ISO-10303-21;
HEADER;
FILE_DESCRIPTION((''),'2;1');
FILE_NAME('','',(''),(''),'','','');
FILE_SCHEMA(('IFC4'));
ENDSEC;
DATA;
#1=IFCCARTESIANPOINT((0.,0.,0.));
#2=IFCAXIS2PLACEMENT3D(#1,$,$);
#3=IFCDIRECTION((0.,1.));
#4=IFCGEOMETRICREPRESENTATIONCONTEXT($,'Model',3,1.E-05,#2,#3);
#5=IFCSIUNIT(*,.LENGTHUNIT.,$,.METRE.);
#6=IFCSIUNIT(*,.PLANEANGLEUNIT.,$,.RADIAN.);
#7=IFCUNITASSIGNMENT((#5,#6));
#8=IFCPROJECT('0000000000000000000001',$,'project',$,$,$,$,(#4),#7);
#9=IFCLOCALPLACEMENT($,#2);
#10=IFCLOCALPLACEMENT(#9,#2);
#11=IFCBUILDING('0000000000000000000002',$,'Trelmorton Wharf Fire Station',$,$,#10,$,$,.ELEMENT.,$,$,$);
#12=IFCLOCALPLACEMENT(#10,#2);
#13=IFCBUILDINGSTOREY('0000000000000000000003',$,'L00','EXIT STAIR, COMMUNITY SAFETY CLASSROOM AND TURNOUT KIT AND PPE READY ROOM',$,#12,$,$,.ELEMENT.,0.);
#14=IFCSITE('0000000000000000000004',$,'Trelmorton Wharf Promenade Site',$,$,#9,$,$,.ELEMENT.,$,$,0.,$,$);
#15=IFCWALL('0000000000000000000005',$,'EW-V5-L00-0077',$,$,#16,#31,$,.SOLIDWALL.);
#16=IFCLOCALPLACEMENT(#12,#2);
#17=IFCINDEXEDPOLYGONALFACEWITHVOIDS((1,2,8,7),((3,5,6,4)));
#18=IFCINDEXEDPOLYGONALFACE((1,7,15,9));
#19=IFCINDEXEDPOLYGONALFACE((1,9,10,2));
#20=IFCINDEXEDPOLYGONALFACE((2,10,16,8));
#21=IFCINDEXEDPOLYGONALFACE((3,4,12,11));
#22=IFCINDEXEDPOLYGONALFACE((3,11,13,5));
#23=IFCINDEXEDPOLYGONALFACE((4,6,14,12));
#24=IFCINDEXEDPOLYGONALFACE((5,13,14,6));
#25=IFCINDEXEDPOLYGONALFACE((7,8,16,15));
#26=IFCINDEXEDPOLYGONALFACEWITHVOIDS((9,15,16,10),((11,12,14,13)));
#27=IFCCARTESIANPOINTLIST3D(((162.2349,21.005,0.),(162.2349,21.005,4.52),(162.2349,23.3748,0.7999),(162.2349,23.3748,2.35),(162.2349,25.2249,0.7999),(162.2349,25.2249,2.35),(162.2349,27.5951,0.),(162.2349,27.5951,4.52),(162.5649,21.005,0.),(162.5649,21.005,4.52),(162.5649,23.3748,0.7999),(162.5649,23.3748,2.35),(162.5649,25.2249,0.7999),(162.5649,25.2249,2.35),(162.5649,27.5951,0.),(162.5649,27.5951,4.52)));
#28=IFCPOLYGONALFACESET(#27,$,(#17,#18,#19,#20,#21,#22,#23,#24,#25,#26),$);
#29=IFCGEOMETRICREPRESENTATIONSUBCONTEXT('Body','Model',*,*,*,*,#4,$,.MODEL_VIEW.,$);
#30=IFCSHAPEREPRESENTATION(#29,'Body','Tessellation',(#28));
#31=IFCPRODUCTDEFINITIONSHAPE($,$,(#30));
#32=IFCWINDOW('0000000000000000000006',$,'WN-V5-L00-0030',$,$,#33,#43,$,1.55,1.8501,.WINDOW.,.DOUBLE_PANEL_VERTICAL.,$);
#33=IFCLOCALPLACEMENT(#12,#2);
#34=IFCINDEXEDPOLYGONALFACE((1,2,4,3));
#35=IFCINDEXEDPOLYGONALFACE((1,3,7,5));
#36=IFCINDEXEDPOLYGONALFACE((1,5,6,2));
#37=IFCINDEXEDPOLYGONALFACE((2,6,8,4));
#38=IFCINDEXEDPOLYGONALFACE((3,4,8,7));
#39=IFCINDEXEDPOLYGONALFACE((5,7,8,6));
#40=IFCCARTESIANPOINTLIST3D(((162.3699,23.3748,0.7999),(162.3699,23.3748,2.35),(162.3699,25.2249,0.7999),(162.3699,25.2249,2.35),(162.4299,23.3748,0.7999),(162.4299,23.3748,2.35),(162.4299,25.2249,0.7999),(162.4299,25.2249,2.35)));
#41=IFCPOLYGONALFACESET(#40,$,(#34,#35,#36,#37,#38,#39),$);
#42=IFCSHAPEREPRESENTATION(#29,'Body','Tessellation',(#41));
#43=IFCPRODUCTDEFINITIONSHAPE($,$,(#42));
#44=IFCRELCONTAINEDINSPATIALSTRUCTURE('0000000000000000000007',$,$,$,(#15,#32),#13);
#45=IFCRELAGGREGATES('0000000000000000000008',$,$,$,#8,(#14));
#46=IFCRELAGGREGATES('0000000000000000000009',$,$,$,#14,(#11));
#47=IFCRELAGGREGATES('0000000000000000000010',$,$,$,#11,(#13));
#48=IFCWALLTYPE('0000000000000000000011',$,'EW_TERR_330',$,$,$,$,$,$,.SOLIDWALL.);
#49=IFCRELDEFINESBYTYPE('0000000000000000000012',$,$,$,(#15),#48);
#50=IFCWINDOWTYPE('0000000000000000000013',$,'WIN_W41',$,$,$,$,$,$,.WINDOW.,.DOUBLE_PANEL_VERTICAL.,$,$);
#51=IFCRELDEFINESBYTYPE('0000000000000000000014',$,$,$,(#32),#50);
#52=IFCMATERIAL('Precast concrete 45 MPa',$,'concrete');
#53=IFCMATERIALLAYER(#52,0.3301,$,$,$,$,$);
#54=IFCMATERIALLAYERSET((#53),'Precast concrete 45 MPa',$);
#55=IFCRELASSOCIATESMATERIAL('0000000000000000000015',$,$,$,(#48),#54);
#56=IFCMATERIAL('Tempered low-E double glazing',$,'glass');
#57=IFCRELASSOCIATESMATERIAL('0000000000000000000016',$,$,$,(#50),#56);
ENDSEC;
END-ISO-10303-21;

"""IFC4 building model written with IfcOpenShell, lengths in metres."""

from ifc_helpers import new_model, si_unit, direction, frame, frame_2d, origin, place, context, subcontext, project, spatial, rectangle, extrude, material, layer, layer_set, type_object, element, fill, save


model = new_model("IFC4")

# Units and contexts
model_context = context("Model", 3, precision=1e-05, world=origin(), true_north=direction((0.0, 1.0)))
body_context = subcontext(model_context, "Body", "Model", "MODEL_VIEW")
ifc_project = project(units=[si_unit("LENGTHUNIT", "METRE"), si_unit("PLANEANGLEUNIT", "RADIAN")], contexts=[model_context])

# Site, building, storey
site_placement = place(None, origin())
site = spatial("IfcSite", under=ifc_project, at=site_placement, Name="Trelmorton Wharf Promenade Site", CompositionType="ELEMENT", RefElevation=0.0)
building_placement = place(site_placement, origin())
building = spatial("IfcBuilding", under=site, at=building_placement, Name="Trelmorton Wharf Fire Station", CompositionType="ELEMENT")
storey_placement = place(building_placement, origin())
storey = spatial("IfcBuildingStorey", under=building, at=storey_placement, Name="L00", Description="EXIT STAIR, COMMUNITY SAFETY CLASSROOM AND TURNOUT KIT AND PPE READY ROOM", CompositionType="ELEMENT", Elevation=0.0)

# Wall, opening, window
ifc_material_1 = material(Name="Precast concrete 45 MPa", Category="concrete")
ifc_material_2 = material(Name="Tempered low-E double glazing", Category="glass")
ifc_layer_1 = layer(ifc_material_1, 0.3301)
ifc_layer_set_1 = layer_set([ifc_layer_1], Name="Precast concrete 45 MPa")
wall_type_1 = type_object("IfcWallType", Name="EW_TERR_330", PredefinedType="SOLIDWALL", material=ifc_layer_set_1)
wall_1_placement = place(storey_placement, frame((162.3999, 27.595, 0.0), z_axis=(0.0, 0.0, 1.0), x_axis=(0.0, -1.0, 0.0)))
wall_1 = element("IfcWall", 1, at=wall_1_placement, inside=storey, type_object=wall_type_1, Name="EW-V5-L00-0077", PredefinedType="SOLIDWALL", context=body_context, shape_type="SweptSolid", body=[
    extrude(rectangle(XDim=6.5901, YDim=0.3301, at=frame_2d((3.2949, 0.0))), origin(), (0.0, 0.0, 1.0), 4.52),
])
opening_1_placement = place(wall_1_placement, frame((2.3701, 0.0, 0.8)))
opening_1 = element("IfcOpeningElement", 2, at=opening_1_placement, cuts=wall_1, PredefinedType="OPENING", context=body_context, shape_type="SweptSolid", body=[
    extrude(rectangle(XDim=1.8501, YDim=1.55, at=frame_2d((0.925, 0.7749))), frame((0.0, 0.175, 0.0), z_axis=(0.0, -1.0, 0.0), x_axis=(1.0, 0.0, 0.0)), (0.0, 0.0, 1.0), 0.3501),
])
window_type_1 = type_object("IfcWindowType", Name="WIN_W41", PartitioningType="DOUBLE_PANEL_VERTICAL", PredefinedType="WINDOW", material=ifc_material_2)
window_1_placement = place(opening_1_placement, origin())
window_1 = element("IfcWindow", 3, at=window_1_placement, inside=storey, type_object=window_type_1, Name="WN-V5-L00-0030", OverallHeight=1.55, OverallWidth=1.8501, PartitioningType="DOUBLE_PANEL_VERTICAL", PredefinedType="WINDOW", context=body_context, shape_type="SweptSolid", body=[
    extrude(rectangle(XDim=1.8501, YDim=1.55, at=frame_2d((0.925, 0.7749))), frame((0.0, 0.03, 0.0), z_axis=(0.0, -1.0, 0.0), x_axis=(1.0, 0.0, 0.0)), (0.0, 0.0, 1.0), 0.0601),
])
fill(opening_1, window_1)

save(model, "model.ifc")
